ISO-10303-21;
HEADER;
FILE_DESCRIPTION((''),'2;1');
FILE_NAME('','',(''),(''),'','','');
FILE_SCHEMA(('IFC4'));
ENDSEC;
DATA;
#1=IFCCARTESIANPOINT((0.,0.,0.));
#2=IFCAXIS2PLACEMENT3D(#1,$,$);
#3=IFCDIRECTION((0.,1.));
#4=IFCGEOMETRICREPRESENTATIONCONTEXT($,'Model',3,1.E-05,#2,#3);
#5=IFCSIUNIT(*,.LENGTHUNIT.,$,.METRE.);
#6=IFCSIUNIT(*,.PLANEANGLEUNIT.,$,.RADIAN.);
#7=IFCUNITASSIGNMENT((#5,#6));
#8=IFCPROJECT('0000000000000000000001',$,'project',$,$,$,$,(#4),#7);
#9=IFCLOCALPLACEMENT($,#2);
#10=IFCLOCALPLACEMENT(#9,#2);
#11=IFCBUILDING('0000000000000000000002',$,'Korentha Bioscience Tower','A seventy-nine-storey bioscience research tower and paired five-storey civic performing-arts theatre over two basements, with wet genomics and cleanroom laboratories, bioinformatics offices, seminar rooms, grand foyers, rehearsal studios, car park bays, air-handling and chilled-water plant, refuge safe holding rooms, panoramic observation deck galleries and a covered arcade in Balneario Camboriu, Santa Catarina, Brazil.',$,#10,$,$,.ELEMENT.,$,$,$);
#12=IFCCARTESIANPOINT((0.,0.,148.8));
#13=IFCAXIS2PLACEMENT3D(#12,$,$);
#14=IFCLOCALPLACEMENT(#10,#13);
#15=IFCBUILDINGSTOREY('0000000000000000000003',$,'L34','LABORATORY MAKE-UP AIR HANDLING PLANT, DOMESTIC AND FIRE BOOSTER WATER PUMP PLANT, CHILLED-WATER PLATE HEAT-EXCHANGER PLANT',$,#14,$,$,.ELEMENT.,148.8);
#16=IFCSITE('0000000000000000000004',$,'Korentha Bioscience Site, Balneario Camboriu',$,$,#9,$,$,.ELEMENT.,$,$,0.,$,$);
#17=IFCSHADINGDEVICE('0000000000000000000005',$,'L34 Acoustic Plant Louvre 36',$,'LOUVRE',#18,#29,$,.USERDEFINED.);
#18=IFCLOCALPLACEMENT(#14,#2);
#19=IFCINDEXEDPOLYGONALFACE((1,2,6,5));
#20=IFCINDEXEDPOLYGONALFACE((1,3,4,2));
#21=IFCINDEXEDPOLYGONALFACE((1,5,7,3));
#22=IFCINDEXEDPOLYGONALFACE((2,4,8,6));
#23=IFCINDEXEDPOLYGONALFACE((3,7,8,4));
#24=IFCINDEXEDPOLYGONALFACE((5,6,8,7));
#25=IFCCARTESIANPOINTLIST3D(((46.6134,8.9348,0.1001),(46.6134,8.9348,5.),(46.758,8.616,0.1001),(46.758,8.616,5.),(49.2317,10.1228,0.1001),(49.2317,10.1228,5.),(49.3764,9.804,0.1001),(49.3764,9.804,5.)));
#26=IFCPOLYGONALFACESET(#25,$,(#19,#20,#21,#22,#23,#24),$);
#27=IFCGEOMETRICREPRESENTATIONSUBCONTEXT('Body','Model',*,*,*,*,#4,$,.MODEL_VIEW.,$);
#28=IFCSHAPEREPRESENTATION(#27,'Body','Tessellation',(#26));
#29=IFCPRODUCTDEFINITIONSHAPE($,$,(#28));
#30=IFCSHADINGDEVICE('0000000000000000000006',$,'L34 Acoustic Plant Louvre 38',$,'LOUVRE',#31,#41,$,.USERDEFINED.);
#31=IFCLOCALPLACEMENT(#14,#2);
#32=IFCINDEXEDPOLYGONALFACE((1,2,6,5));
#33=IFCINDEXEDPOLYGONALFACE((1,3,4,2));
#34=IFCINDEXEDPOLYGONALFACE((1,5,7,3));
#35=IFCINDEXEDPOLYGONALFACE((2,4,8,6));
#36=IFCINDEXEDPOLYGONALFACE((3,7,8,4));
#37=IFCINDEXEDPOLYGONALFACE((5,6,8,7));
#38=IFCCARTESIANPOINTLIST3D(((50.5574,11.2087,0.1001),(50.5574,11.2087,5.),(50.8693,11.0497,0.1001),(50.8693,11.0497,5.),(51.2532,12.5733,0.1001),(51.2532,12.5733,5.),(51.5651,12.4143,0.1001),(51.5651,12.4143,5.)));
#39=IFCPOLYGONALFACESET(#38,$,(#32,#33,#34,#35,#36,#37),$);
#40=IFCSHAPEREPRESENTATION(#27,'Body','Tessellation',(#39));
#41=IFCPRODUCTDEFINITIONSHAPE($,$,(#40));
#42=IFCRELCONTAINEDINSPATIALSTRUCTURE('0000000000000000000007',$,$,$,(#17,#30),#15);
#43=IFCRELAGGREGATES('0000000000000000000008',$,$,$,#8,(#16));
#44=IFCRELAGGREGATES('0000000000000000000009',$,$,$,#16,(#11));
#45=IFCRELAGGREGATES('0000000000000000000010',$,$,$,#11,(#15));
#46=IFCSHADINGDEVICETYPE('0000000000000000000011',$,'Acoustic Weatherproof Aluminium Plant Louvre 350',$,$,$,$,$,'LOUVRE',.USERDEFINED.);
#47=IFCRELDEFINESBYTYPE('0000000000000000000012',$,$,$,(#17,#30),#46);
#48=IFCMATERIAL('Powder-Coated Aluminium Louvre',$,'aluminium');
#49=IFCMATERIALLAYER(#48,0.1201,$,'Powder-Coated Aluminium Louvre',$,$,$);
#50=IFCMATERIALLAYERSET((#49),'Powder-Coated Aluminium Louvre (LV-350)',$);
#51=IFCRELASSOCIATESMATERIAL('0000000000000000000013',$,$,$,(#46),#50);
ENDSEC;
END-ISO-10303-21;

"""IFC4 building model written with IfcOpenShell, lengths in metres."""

from ifc_helpers import new_model, si_unit, direction, frame, origin, origin_2d, place, context, subcontext, project, spatial, rectangle, extrude, material, layer, layer_set, type_object, element, save


model = new_model("IFC4")

# Units and contexts
model_context = context("Model", 3, precision=1e-05, world=origin(), true_north=direction((0.0, 1.0)))
body_context = subcontext(model_context, "Body", "Model", "MODEL_VIEW")
ifc_project = project(units=[si_unit("LENGTHUNIT", "METRE"), si_unit("PLANEANGLEUNIT", "RADIAN")], contexts=[model_context])

# Site, building, storey
site_placement = place(None, origin())
site = spatial("IfcSite", under=ifc_project, at=site_placement, Name="Korentha Bioscience Site, Balneario Camboriu", CompositionType="ELEMENT", RefElevation=0.0)
building_placement = place(site_placement, origin())
building = spatial("IfcBuilding", under=site, at=building_placement, Name="Korentha Bioscience Tower", Description="A seventy-nine-storey bioscience research tower and paired five-storey civic performing-arts theatre over two basements, with wet genomics and cleanroom laboratories, bioinformatics offices, seminar rooms, grand foyers, rehearsal studios, car park bays, air-handling and chilled-water plant, refuge safe holding rooms, panoramic observation deck galleries and a covered arcade in Balneario Camboriu, Santa Catarina, Brazil.", CompositionType="ELEMENT")
storey_placement = place(building_placement, frame((0.0, 0.0, 148.8)))
storey = spatial("IfcBuildingStorey", under=building, at=storey_placement, Name="L34", Description="LABORATORY MAKE-UP AIR HANDLING PLANT, DOMESTIC AND FIRE BOOSTER WATER PUMP PLANT, CHILLED-WATER PLATE HEAT-EXCHANGER PLANT", CompositionType="ELEMENT", Elevation=148.8)

# Shading devices
ifc_material_1 = material(Name="Powder-Coated Aluminium Louvre", Category="aluminium")
ifc_layer_1 = layer(ifc_material_1, 0.1201, Name="Powder-Coated Aluminium Louvre")
ifc_layer_set_1 = layer_set([ifc_layer_1], Name="Powder-Coated Aluminium Louvre (LV-350)")
shading_device_type = type_object("IfcShadingDeviceType", Name="Acoustic Weatherproof Aluminium Plant Louvre 350", ElementType="LOUVRE", PredefinedType="USERDEFINED", material=ifc_layer_set_1)
shading_device_1_placement = place(storey_placement, frame((47.9949, 9.3694, 0.1001), z_axis=(0.0, 0.0, 1.0), x_axis=(0.91064, 0.4132, 0.0)))
element("IfcShadingDevice", 1, at=shading_device_1_placement, inside=storey, type_object=shading_device_type, Name="L34 Acoustic Plant Louvre 36", ObjectType="LOUVRE", PredefinedType="USERDEFINED", context=body_context, shape_type="SweptSolid", body=[
    extrude(rectangle(XDim=2.8752, YDim=0.3501, at=origin_2d()), origin(), (0.0, 0.0, 1.0), 4.8999),
])
shading_device_2_placement = place(storey_placement, frame((51.0613, 11.8115, 0.1001), z_axis=(0.0, 0.0, 1.0), x_axis=(0.454245, 0.890877, 0.0)))
element("IfcShadingDevice", 2, at=shading_device_2_placement, inside=storey, type_object=shading_device_type, Name="L34 Acoustic Plant Louvre 38", ObjectType="LOUVRE", PredefinedType="USERDEFINED", context=body_context, shape_type="SweptSolid", body=[
    extrude(rectangle(XDim=1.5317, YDim=0.3501, at=origin_2d()), origin(), (0.0, 0.0, 1.0), 4.8999),
])

save(model, "model.ifc")
